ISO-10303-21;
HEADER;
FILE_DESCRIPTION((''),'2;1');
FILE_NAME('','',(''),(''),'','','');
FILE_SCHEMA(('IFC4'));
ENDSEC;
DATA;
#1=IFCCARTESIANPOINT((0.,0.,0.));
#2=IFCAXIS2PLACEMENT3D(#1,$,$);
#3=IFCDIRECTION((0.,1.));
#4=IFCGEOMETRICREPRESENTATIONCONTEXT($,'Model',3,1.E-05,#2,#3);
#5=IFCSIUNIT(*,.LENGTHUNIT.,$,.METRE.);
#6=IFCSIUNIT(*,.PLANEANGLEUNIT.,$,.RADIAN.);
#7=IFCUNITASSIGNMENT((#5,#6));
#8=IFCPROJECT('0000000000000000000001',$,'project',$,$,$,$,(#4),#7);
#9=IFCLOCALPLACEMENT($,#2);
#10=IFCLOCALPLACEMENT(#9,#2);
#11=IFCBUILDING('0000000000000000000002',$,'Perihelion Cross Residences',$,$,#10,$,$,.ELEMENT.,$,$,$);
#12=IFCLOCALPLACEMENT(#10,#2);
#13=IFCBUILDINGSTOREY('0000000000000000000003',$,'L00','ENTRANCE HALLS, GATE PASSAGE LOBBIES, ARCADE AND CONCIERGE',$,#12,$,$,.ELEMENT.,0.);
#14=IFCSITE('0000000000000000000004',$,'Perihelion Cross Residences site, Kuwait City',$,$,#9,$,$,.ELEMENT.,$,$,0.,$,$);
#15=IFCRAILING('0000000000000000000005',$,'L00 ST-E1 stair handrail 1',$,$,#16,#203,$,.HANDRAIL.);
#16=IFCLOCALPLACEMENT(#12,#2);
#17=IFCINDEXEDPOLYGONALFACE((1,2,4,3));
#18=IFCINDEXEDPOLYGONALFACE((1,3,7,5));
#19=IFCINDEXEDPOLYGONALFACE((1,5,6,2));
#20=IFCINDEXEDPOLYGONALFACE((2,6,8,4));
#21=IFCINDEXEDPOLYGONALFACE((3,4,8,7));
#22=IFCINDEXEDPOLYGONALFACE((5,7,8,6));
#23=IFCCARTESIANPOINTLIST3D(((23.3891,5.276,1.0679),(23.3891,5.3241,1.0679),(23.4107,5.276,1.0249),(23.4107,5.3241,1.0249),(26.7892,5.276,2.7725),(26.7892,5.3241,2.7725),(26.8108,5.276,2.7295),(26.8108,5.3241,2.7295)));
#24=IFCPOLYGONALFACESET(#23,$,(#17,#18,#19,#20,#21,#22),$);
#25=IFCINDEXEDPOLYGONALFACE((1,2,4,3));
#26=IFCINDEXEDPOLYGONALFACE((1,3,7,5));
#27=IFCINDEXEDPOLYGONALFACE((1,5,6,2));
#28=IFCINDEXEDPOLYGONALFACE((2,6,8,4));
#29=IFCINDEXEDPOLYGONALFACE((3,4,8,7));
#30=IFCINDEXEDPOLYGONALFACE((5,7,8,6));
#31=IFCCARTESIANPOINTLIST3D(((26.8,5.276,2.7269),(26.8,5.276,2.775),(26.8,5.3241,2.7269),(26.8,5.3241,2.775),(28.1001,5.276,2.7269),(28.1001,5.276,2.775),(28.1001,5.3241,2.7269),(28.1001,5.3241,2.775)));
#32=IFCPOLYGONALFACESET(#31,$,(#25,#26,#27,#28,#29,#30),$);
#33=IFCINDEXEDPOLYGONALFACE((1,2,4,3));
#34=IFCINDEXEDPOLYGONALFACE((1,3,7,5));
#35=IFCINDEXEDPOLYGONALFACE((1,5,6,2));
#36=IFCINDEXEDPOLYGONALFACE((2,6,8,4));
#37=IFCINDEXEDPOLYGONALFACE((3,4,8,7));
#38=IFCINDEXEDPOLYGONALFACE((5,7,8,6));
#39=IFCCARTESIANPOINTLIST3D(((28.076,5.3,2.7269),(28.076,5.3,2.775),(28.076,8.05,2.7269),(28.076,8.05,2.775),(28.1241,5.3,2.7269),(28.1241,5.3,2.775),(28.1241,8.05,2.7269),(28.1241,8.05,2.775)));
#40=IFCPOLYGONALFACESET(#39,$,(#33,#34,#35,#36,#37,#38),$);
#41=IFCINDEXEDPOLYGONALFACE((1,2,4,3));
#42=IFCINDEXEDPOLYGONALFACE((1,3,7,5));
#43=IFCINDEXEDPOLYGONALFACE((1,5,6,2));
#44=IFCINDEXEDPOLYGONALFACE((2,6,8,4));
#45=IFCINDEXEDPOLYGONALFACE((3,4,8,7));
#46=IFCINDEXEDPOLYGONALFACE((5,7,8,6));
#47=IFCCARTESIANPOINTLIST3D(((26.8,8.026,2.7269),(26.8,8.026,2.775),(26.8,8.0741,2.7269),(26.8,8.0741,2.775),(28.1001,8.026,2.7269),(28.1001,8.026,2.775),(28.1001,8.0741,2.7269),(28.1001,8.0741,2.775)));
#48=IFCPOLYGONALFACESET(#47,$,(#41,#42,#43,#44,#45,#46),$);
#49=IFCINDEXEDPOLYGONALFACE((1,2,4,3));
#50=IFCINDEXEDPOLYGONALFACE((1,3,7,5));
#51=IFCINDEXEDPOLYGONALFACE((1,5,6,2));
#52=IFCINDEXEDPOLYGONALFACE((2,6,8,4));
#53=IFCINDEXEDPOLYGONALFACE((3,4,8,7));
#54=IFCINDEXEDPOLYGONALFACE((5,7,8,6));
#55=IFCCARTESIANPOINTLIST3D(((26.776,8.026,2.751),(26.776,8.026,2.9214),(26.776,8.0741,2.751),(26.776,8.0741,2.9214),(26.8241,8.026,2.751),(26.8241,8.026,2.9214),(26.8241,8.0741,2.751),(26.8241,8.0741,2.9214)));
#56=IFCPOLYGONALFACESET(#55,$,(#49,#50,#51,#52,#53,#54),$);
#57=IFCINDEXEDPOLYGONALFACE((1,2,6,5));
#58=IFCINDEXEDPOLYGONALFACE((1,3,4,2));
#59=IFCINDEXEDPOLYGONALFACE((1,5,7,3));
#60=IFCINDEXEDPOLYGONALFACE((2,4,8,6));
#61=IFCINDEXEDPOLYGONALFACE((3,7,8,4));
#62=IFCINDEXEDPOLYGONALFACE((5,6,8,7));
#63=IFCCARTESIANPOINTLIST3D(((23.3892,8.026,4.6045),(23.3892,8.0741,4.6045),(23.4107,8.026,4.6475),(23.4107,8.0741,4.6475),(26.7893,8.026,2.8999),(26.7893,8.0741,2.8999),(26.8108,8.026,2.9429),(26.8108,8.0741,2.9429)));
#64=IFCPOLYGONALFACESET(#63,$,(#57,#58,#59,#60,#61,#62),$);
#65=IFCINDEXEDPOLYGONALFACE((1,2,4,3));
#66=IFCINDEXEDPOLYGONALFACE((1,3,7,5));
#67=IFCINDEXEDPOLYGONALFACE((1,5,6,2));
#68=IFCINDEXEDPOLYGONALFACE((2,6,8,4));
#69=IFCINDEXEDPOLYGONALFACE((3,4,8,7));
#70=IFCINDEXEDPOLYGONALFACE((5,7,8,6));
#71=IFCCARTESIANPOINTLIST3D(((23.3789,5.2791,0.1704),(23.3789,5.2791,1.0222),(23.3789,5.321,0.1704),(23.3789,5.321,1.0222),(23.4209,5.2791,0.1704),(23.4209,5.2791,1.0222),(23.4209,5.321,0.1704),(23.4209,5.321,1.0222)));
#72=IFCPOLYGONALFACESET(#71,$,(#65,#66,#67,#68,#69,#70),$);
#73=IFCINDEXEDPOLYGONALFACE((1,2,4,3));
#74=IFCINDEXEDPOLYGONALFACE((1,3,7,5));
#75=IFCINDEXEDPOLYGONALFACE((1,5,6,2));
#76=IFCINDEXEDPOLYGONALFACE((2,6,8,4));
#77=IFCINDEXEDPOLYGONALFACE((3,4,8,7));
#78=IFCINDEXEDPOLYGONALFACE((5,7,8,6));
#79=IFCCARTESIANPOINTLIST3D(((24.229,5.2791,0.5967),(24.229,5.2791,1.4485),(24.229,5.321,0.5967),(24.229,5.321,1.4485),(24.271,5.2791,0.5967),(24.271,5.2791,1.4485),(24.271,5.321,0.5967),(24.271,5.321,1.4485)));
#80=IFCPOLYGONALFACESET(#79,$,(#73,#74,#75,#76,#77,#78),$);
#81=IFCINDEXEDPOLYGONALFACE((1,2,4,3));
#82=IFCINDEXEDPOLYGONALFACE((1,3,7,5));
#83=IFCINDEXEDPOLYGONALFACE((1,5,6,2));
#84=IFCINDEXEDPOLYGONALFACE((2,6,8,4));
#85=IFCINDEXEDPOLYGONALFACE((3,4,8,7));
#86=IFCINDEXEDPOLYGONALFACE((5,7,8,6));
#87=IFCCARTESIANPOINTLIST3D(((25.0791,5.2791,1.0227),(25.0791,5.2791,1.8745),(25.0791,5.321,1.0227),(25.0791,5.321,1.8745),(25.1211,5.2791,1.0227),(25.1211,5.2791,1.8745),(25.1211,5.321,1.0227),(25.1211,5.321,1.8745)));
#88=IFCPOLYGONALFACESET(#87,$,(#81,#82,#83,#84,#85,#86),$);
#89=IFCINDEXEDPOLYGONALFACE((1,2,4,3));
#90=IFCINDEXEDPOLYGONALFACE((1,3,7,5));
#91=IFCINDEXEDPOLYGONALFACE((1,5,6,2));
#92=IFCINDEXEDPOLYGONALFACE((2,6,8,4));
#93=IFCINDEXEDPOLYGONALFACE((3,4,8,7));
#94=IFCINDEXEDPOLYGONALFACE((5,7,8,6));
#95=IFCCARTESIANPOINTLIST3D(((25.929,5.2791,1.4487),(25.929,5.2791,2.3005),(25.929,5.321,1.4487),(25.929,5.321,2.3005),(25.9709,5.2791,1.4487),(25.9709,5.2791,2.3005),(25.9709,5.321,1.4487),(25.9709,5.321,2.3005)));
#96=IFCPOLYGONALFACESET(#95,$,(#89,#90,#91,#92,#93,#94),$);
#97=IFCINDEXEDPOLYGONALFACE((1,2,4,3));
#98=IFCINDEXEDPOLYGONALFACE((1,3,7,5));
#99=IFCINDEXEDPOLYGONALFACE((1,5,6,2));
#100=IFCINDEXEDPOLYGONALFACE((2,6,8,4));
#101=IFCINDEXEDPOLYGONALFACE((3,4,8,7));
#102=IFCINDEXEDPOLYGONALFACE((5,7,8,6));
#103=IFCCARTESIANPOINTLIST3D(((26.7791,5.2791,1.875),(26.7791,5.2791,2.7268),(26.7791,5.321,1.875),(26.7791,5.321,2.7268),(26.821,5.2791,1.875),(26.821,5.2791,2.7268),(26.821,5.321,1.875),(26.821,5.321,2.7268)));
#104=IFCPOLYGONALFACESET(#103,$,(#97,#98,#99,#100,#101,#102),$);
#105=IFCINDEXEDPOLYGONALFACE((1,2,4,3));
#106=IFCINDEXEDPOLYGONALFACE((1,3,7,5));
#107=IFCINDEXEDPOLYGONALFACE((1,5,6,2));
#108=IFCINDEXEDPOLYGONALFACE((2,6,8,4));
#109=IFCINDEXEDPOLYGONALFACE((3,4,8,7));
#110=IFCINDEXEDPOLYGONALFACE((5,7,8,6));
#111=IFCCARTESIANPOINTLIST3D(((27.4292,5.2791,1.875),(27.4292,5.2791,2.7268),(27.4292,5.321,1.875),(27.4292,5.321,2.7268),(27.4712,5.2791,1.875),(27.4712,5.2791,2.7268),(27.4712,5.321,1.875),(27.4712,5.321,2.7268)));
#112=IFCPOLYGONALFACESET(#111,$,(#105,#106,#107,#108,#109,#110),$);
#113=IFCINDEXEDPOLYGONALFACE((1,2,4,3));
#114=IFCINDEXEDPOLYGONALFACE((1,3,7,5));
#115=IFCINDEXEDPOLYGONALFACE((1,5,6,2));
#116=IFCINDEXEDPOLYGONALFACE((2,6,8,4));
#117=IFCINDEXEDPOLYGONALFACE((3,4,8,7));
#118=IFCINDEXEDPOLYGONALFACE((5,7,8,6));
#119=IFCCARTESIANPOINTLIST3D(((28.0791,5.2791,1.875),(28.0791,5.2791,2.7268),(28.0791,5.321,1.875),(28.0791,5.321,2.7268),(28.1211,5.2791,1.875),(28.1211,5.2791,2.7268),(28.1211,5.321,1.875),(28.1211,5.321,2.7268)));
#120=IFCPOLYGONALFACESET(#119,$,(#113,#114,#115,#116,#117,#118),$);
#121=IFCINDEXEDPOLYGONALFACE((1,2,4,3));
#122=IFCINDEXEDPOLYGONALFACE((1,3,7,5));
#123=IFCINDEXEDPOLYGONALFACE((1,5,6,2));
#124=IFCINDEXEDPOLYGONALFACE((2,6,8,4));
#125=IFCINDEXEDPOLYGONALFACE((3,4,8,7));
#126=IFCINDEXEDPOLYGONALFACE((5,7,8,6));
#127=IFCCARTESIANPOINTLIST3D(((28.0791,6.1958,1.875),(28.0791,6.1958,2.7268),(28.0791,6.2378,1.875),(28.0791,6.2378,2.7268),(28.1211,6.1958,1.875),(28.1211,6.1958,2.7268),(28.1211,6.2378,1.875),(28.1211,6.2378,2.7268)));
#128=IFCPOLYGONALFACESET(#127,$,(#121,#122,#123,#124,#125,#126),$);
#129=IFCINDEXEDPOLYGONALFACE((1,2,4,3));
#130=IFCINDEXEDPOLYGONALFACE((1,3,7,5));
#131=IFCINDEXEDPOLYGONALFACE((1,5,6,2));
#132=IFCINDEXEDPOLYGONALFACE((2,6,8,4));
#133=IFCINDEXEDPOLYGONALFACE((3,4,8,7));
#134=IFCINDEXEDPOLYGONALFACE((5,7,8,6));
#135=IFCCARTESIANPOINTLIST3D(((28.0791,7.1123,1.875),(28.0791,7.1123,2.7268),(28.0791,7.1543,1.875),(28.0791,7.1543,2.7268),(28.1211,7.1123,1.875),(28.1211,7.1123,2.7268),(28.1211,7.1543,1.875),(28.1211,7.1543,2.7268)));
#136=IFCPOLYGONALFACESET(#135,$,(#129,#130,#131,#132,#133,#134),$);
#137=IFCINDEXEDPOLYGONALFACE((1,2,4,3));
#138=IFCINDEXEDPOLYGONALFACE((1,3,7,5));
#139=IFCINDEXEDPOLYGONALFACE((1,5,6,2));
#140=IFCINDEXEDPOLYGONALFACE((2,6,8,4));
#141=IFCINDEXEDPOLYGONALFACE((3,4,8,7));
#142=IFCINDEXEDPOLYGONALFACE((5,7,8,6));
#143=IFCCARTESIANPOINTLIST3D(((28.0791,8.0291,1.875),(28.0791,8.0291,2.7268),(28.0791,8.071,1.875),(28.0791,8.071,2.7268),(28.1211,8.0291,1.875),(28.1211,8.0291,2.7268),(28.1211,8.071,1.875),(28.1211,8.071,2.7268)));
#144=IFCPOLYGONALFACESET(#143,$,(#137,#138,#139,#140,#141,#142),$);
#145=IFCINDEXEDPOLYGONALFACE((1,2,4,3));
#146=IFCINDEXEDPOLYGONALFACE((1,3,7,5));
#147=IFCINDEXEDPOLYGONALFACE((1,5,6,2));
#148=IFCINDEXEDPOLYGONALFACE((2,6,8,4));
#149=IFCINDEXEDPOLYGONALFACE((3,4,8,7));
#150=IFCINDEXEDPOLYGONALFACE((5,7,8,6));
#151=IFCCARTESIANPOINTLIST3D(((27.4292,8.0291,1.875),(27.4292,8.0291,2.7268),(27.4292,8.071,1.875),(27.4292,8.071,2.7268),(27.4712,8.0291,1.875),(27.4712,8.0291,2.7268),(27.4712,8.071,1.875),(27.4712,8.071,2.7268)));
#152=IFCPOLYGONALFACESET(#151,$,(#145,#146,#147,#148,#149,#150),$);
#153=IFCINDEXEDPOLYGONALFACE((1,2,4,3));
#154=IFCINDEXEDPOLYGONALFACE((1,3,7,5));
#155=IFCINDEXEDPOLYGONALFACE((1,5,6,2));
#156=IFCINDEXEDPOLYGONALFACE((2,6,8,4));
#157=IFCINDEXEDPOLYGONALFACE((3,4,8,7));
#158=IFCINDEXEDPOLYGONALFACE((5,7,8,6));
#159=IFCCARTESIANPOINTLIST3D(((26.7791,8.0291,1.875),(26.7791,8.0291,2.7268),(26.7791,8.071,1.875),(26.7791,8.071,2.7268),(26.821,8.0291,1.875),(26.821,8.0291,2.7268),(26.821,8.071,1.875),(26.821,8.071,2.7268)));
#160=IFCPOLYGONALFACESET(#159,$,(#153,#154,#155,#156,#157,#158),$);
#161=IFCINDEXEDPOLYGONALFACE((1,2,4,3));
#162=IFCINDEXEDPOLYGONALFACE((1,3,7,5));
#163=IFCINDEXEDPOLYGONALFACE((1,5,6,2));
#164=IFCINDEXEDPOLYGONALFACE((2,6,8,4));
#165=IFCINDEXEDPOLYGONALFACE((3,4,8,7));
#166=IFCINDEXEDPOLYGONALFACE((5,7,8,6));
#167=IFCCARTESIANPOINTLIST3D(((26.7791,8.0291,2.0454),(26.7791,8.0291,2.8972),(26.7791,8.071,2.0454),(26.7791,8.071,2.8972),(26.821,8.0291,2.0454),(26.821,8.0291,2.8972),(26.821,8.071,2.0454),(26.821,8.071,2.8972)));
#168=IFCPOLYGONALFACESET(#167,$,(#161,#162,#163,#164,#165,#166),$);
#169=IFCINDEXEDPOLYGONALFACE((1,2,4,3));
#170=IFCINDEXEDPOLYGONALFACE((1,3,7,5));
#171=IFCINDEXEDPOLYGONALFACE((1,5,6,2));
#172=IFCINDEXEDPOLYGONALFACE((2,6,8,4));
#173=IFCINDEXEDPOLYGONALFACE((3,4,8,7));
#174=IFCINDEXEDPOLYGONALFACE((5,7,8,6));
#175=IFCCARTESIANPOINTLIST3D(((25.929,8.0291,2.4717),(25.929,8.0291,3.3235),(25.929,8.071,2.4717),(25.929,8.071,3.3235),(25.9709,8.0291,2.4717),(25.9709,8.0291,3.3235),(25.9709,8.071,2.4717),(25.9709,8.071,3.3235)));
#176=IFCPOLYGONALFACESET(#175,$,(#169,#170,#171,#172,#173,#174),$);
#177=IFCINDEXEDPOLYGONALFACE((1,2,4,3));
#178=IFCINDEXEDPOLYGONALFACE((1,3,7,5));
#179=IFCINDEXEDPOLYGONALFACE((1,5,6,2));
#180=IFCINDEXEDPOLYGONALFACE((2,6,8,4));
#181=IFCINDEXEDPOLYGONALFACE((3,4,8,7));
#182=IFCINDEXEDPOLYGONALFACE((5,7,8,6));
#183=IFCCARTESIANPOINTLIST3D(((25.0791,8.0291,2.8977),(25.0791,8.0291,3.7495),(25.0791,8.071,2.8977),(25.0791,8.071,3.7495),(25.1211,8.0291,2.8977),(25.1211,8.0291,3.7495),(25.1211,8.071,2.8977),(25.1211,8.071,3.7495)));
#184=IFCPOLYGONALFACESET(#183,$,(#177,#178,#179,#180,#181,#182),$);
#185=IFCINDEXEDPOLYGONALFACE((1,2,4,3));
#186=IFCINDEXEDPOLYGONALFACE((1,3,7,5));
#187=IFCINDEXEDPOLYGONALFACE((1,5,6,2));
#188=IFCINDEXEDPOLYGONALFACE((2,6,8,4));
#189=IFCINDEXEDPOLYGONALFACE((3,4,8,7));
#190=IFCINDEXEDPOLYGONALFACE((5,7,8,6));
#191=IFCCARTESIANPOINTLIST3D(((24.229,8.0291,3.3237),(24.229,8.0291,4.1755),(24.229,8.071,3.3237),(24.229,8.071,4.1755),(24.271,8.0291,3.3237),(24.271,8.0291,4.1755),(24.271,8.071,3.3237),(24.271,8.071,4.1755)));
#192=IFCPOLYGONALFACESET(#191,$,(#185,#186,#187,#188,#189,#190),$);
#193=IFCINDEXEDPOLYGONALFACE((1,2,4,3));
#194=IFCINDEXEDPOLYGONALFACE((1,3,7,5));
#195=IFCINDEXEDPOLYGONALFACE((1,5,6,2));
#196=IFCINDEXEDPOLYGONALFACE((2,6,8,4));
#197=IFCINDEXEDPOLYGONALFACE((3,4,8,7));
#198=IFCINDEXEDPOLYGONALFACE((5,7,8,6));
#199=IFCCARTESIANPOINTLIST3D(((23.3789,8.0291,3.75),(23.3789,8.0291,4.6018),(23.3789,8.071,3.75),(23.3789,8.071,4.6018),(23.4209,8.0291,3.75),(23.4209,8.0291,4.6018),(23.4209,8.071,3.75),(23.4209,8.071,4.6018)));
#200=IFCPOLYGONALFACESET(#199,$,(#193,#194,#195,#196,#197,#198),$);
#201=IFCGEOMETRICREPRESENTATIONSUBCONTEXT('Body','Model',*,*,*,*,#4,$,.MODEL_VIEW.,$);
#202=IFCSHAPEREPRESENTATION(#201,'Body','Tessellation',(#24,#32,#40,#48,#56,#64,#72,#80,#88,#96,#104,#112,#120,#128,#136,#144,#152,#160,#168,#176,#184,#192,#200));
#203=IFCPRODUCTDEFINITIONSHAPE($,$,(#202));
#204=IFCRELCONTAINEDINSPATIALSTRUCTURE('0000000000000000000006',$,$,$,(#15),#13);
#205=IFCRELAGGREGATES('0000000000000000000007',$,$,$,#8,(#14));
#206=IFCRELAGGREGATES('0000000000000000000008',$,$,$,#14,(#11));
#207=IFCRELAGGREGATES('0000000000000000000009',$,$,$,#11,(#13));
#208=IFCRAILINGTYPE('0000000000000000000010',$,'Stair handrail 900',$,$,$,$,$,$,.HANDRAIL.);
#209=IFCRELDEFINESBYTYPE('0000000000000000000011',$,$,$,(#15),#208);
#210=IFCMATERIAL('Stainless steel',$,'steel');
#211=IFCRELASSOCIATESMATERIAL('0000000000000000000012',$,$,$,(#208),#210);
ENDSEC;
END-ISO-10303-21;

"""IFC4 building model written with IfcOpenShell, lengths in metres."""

from ifc_helpers import new_model, si_unit, direction, frame, origin, origin_2d, place, context, subcontext, project, spatial, rectangle, extrude, material, type_object, element, save


model = new_model("IFC4")

# Units and contexts
model_context = context("Model", 3, precision=1e-05, world=origin(), true_north=direction((0.0, 1.0)))
body_context = subcontext(model_context, "Body", "Model", "MODEL_VIEW")
ifc_project = project(units=[si_unit("LENGTHUNIT", "METRE"), si_unit("PLANEANGLEUNIT", "RADIAN")], contexts=[model_context])

# Site, building, storey
site_placement = place(None, origin())
site = spatial("IfcSite", under=ifc_project, at=site_placement, Name="Perihelion Cross Residences site, Kuwait City", CompositionType="ELEMENT", RefElevation=0.0)
building_placement = place(site_placement, origin())
building = spatial("IfcBuilding", under=site, at=building_placement, Name="Perihelion Cross Residences", CompositionType="ELEMENT")
storey_placement = place(building_placement, origin())
storey = spatial("IfcBuildingStorey", under=building, at=storey_placement, Name="L00", Description="ENTRANCE HALLS, GATE PASSAGE LOBBIES, ARCADE AND CONCIERGE", CompositionType="ELEMENT", Elevation=0.0)

# Railing
ifc_material_1 = material(Name="Stainless steel", Category="steel")
railing_type = type_object("IfcRailingType", Name="Stair handrail 900", PredefinedType="HANDRAIL", material=ifc_material_1)
railing_1_placement = place(storey_placement, frame((23.3999, 5.3, 0.1704)))
element("IfcRailing", 1, at=railing_1_placement, inside=storey, type_object=railing_type, Name="L00 ST-E1 stair handrail 1", PredefinedType="HANDRAIL", context=body_context, shape_type="SweptSolid", body=[
    extrude(rectangle(XDim=0.0481, YDim=0.0481, at=origin_2d()), frame((0.0, 0.0, 0.876), z_axis=(0.893952, 0.0, 0.448163), x_axis=(0.0, 1.0, 0.0)), (0.0, 0.0, 1.0), 3.8035),
    extrude(rectangle(XDim=0.0481, YDim=0.0481, at=origin_2d()), frame((3.4001, 0.0, 2.5806), z_axis=(1.0, 0.0, 0.0), x_axis=(0.0, 1.0, 0.0)), (0.0, 0.0, 1.0), 1.3),
    extrude(rectangle(XDim=0.0481, YDim=0.0481, at=origin_2d()), frame((4.7002, 0.0, 2.5806), z_axis=(0.0, 1.0, 0.0), x_axis=(-1.0, 0.0, 0.0)), (0.0, 0.0, 1.0), 2.75),
    extrude(rectangle(XDim=0.0481, YDim=0.0481, at=origin_2d()), frame((4.7002, 2.75, 2.5806), z_axis=(-1.0, 0.0, 0.0), x_axis=(0.0, -1.0, 0.0)), (0.0, 0.0, 1.0), 1.3),
    extrude(rectangle(XDim=0.0481, YDim=0.0481, at=origin_2d()), frame((3.4001, 2.75, 2.5806), z_axis=(0.0, 0.0, 1.0), x_axis=(1.0, 0.0, 0.0)), (0.0, 0.0, 1.0), 0.1704),
    extrude(rectangle(XDim=0.0481, YDim=0.0481, at=origin_2d()), frame((3.4001, 2.75, 2.751), z_axis=(-0.893952, 0.0, 0.448163), x_axis=(0.0, -1.0, 0.0)), (0.0, 0.0, 1.0), 3.8035),
    extrude(rectangle(XDim=0.042, YDim=0.042, at=origin_2d()), origin(), (0.0, 0.0, 1.0), 0.8518),
    extrude(rectangle(XDim=0.042, YDim=0.042, at=origin_2d()), frame((0.8501, 0.0, 0.4263)), (0.0, 0.0, 1.0), 0.8518),
    extrude(rectangle(XDim=0.042, YDim=0.042, at=origin_2d()), frame((1.7002, 0.0, 0.8523)), (0.0, 0.0, 1.0), 0.8518),
    extrude(rectangle(XDim=0.042, YDim=0.042, at=origin_2d()), frame((2.55, 0.0, 1.2783)), (0.0, 0.0, 1.0), 0.8518),
    extrude(rectangle(XDim=0.042, YDim=0.042, at=origin_2d()), frame((3.4001, 0.0, 1.7046)), (0.0, 0.0, 1.0), 0.8518),
    extrude(rectangle(XDim=0.042, YDim=0.042, at=origin_2d()), frame((4.0503, 0.0, 1.7046)), (0.0, 0.0, 1.0), 0.8518),
    extrude(rectangle(XDim=0.042, YDim=0.042, at=origin_2d()), frame((4.7002, 0.0, 1.7046)), (0.0, 0.0, 1.0), 0.8518),
    extrude(rectangle(XDim=0.042, YDim=0.042, at=origin_2d()), frame((4.7002, 0.9167, 1.7046)), (0.0, 0.0, 1.0), 0.8518),
    extrude(rectangle(XDim=0.042, YDim=0.042, at=origin_2d()), frame((4.7002, 1.8333, 1.7046)), (0.0, 0.0, 1.0), 0.8518),
    extrude(rectangle(XDim=0.042, YDim=0.042, at=origin_2d()), frame((4.7002, 2.75, 1.7046)), (0.0, 0.0, 1.0), 0.8518),
    extrude(rectangle(XDim=0.042, YDim=0.042, at=origin_2d()), frame((4.0503, 2.75, 1.7046)), (0.0, 0.0, 1.0), 0.8518),
    extrude(rectangle(XDim=0.042, YDim=0.042, at=origin_2d()), frame((3.4001, 2.75, 1.7046)), (0.0, 0.0, 1.0), 0.8518),
    extrude(rectangle(XDim=0.042, YDim=0.042, at=origin_2d()), frame((3.4001, 2.75, 1.875)), (0.0, 0.0, 1.0), 0.8518),
    extrude(rectangle(XDim=0.042, YDim=0.042, at=origin_2d()), frame((2.55, 2.75, 2.3013)), (0.0, 0.0, 1.0), 0.8518),
    extrude(rectangle(XDim=0.042, YDim=0.042, at=origin_2d()), frame((1.7002, 2.75, 2.7273)), (0.0, 0.0, 1.0), 0.8518),
    extrude(rectangle(XDim=0.042, YDim=0.042, at=origin_2d()), frame((0.8501, 2.75, 3.1533)), (0.0, 0.0, 1.0), 0.8518),
    extrude(rectangle(XDim=0.042, YDim=0.042, at=origin_2d()), frame((0.0, 2.75, 3.5796)), (0.0, 0.0, 1.0), 0.8518),
])

save(model, "model.ifc")
